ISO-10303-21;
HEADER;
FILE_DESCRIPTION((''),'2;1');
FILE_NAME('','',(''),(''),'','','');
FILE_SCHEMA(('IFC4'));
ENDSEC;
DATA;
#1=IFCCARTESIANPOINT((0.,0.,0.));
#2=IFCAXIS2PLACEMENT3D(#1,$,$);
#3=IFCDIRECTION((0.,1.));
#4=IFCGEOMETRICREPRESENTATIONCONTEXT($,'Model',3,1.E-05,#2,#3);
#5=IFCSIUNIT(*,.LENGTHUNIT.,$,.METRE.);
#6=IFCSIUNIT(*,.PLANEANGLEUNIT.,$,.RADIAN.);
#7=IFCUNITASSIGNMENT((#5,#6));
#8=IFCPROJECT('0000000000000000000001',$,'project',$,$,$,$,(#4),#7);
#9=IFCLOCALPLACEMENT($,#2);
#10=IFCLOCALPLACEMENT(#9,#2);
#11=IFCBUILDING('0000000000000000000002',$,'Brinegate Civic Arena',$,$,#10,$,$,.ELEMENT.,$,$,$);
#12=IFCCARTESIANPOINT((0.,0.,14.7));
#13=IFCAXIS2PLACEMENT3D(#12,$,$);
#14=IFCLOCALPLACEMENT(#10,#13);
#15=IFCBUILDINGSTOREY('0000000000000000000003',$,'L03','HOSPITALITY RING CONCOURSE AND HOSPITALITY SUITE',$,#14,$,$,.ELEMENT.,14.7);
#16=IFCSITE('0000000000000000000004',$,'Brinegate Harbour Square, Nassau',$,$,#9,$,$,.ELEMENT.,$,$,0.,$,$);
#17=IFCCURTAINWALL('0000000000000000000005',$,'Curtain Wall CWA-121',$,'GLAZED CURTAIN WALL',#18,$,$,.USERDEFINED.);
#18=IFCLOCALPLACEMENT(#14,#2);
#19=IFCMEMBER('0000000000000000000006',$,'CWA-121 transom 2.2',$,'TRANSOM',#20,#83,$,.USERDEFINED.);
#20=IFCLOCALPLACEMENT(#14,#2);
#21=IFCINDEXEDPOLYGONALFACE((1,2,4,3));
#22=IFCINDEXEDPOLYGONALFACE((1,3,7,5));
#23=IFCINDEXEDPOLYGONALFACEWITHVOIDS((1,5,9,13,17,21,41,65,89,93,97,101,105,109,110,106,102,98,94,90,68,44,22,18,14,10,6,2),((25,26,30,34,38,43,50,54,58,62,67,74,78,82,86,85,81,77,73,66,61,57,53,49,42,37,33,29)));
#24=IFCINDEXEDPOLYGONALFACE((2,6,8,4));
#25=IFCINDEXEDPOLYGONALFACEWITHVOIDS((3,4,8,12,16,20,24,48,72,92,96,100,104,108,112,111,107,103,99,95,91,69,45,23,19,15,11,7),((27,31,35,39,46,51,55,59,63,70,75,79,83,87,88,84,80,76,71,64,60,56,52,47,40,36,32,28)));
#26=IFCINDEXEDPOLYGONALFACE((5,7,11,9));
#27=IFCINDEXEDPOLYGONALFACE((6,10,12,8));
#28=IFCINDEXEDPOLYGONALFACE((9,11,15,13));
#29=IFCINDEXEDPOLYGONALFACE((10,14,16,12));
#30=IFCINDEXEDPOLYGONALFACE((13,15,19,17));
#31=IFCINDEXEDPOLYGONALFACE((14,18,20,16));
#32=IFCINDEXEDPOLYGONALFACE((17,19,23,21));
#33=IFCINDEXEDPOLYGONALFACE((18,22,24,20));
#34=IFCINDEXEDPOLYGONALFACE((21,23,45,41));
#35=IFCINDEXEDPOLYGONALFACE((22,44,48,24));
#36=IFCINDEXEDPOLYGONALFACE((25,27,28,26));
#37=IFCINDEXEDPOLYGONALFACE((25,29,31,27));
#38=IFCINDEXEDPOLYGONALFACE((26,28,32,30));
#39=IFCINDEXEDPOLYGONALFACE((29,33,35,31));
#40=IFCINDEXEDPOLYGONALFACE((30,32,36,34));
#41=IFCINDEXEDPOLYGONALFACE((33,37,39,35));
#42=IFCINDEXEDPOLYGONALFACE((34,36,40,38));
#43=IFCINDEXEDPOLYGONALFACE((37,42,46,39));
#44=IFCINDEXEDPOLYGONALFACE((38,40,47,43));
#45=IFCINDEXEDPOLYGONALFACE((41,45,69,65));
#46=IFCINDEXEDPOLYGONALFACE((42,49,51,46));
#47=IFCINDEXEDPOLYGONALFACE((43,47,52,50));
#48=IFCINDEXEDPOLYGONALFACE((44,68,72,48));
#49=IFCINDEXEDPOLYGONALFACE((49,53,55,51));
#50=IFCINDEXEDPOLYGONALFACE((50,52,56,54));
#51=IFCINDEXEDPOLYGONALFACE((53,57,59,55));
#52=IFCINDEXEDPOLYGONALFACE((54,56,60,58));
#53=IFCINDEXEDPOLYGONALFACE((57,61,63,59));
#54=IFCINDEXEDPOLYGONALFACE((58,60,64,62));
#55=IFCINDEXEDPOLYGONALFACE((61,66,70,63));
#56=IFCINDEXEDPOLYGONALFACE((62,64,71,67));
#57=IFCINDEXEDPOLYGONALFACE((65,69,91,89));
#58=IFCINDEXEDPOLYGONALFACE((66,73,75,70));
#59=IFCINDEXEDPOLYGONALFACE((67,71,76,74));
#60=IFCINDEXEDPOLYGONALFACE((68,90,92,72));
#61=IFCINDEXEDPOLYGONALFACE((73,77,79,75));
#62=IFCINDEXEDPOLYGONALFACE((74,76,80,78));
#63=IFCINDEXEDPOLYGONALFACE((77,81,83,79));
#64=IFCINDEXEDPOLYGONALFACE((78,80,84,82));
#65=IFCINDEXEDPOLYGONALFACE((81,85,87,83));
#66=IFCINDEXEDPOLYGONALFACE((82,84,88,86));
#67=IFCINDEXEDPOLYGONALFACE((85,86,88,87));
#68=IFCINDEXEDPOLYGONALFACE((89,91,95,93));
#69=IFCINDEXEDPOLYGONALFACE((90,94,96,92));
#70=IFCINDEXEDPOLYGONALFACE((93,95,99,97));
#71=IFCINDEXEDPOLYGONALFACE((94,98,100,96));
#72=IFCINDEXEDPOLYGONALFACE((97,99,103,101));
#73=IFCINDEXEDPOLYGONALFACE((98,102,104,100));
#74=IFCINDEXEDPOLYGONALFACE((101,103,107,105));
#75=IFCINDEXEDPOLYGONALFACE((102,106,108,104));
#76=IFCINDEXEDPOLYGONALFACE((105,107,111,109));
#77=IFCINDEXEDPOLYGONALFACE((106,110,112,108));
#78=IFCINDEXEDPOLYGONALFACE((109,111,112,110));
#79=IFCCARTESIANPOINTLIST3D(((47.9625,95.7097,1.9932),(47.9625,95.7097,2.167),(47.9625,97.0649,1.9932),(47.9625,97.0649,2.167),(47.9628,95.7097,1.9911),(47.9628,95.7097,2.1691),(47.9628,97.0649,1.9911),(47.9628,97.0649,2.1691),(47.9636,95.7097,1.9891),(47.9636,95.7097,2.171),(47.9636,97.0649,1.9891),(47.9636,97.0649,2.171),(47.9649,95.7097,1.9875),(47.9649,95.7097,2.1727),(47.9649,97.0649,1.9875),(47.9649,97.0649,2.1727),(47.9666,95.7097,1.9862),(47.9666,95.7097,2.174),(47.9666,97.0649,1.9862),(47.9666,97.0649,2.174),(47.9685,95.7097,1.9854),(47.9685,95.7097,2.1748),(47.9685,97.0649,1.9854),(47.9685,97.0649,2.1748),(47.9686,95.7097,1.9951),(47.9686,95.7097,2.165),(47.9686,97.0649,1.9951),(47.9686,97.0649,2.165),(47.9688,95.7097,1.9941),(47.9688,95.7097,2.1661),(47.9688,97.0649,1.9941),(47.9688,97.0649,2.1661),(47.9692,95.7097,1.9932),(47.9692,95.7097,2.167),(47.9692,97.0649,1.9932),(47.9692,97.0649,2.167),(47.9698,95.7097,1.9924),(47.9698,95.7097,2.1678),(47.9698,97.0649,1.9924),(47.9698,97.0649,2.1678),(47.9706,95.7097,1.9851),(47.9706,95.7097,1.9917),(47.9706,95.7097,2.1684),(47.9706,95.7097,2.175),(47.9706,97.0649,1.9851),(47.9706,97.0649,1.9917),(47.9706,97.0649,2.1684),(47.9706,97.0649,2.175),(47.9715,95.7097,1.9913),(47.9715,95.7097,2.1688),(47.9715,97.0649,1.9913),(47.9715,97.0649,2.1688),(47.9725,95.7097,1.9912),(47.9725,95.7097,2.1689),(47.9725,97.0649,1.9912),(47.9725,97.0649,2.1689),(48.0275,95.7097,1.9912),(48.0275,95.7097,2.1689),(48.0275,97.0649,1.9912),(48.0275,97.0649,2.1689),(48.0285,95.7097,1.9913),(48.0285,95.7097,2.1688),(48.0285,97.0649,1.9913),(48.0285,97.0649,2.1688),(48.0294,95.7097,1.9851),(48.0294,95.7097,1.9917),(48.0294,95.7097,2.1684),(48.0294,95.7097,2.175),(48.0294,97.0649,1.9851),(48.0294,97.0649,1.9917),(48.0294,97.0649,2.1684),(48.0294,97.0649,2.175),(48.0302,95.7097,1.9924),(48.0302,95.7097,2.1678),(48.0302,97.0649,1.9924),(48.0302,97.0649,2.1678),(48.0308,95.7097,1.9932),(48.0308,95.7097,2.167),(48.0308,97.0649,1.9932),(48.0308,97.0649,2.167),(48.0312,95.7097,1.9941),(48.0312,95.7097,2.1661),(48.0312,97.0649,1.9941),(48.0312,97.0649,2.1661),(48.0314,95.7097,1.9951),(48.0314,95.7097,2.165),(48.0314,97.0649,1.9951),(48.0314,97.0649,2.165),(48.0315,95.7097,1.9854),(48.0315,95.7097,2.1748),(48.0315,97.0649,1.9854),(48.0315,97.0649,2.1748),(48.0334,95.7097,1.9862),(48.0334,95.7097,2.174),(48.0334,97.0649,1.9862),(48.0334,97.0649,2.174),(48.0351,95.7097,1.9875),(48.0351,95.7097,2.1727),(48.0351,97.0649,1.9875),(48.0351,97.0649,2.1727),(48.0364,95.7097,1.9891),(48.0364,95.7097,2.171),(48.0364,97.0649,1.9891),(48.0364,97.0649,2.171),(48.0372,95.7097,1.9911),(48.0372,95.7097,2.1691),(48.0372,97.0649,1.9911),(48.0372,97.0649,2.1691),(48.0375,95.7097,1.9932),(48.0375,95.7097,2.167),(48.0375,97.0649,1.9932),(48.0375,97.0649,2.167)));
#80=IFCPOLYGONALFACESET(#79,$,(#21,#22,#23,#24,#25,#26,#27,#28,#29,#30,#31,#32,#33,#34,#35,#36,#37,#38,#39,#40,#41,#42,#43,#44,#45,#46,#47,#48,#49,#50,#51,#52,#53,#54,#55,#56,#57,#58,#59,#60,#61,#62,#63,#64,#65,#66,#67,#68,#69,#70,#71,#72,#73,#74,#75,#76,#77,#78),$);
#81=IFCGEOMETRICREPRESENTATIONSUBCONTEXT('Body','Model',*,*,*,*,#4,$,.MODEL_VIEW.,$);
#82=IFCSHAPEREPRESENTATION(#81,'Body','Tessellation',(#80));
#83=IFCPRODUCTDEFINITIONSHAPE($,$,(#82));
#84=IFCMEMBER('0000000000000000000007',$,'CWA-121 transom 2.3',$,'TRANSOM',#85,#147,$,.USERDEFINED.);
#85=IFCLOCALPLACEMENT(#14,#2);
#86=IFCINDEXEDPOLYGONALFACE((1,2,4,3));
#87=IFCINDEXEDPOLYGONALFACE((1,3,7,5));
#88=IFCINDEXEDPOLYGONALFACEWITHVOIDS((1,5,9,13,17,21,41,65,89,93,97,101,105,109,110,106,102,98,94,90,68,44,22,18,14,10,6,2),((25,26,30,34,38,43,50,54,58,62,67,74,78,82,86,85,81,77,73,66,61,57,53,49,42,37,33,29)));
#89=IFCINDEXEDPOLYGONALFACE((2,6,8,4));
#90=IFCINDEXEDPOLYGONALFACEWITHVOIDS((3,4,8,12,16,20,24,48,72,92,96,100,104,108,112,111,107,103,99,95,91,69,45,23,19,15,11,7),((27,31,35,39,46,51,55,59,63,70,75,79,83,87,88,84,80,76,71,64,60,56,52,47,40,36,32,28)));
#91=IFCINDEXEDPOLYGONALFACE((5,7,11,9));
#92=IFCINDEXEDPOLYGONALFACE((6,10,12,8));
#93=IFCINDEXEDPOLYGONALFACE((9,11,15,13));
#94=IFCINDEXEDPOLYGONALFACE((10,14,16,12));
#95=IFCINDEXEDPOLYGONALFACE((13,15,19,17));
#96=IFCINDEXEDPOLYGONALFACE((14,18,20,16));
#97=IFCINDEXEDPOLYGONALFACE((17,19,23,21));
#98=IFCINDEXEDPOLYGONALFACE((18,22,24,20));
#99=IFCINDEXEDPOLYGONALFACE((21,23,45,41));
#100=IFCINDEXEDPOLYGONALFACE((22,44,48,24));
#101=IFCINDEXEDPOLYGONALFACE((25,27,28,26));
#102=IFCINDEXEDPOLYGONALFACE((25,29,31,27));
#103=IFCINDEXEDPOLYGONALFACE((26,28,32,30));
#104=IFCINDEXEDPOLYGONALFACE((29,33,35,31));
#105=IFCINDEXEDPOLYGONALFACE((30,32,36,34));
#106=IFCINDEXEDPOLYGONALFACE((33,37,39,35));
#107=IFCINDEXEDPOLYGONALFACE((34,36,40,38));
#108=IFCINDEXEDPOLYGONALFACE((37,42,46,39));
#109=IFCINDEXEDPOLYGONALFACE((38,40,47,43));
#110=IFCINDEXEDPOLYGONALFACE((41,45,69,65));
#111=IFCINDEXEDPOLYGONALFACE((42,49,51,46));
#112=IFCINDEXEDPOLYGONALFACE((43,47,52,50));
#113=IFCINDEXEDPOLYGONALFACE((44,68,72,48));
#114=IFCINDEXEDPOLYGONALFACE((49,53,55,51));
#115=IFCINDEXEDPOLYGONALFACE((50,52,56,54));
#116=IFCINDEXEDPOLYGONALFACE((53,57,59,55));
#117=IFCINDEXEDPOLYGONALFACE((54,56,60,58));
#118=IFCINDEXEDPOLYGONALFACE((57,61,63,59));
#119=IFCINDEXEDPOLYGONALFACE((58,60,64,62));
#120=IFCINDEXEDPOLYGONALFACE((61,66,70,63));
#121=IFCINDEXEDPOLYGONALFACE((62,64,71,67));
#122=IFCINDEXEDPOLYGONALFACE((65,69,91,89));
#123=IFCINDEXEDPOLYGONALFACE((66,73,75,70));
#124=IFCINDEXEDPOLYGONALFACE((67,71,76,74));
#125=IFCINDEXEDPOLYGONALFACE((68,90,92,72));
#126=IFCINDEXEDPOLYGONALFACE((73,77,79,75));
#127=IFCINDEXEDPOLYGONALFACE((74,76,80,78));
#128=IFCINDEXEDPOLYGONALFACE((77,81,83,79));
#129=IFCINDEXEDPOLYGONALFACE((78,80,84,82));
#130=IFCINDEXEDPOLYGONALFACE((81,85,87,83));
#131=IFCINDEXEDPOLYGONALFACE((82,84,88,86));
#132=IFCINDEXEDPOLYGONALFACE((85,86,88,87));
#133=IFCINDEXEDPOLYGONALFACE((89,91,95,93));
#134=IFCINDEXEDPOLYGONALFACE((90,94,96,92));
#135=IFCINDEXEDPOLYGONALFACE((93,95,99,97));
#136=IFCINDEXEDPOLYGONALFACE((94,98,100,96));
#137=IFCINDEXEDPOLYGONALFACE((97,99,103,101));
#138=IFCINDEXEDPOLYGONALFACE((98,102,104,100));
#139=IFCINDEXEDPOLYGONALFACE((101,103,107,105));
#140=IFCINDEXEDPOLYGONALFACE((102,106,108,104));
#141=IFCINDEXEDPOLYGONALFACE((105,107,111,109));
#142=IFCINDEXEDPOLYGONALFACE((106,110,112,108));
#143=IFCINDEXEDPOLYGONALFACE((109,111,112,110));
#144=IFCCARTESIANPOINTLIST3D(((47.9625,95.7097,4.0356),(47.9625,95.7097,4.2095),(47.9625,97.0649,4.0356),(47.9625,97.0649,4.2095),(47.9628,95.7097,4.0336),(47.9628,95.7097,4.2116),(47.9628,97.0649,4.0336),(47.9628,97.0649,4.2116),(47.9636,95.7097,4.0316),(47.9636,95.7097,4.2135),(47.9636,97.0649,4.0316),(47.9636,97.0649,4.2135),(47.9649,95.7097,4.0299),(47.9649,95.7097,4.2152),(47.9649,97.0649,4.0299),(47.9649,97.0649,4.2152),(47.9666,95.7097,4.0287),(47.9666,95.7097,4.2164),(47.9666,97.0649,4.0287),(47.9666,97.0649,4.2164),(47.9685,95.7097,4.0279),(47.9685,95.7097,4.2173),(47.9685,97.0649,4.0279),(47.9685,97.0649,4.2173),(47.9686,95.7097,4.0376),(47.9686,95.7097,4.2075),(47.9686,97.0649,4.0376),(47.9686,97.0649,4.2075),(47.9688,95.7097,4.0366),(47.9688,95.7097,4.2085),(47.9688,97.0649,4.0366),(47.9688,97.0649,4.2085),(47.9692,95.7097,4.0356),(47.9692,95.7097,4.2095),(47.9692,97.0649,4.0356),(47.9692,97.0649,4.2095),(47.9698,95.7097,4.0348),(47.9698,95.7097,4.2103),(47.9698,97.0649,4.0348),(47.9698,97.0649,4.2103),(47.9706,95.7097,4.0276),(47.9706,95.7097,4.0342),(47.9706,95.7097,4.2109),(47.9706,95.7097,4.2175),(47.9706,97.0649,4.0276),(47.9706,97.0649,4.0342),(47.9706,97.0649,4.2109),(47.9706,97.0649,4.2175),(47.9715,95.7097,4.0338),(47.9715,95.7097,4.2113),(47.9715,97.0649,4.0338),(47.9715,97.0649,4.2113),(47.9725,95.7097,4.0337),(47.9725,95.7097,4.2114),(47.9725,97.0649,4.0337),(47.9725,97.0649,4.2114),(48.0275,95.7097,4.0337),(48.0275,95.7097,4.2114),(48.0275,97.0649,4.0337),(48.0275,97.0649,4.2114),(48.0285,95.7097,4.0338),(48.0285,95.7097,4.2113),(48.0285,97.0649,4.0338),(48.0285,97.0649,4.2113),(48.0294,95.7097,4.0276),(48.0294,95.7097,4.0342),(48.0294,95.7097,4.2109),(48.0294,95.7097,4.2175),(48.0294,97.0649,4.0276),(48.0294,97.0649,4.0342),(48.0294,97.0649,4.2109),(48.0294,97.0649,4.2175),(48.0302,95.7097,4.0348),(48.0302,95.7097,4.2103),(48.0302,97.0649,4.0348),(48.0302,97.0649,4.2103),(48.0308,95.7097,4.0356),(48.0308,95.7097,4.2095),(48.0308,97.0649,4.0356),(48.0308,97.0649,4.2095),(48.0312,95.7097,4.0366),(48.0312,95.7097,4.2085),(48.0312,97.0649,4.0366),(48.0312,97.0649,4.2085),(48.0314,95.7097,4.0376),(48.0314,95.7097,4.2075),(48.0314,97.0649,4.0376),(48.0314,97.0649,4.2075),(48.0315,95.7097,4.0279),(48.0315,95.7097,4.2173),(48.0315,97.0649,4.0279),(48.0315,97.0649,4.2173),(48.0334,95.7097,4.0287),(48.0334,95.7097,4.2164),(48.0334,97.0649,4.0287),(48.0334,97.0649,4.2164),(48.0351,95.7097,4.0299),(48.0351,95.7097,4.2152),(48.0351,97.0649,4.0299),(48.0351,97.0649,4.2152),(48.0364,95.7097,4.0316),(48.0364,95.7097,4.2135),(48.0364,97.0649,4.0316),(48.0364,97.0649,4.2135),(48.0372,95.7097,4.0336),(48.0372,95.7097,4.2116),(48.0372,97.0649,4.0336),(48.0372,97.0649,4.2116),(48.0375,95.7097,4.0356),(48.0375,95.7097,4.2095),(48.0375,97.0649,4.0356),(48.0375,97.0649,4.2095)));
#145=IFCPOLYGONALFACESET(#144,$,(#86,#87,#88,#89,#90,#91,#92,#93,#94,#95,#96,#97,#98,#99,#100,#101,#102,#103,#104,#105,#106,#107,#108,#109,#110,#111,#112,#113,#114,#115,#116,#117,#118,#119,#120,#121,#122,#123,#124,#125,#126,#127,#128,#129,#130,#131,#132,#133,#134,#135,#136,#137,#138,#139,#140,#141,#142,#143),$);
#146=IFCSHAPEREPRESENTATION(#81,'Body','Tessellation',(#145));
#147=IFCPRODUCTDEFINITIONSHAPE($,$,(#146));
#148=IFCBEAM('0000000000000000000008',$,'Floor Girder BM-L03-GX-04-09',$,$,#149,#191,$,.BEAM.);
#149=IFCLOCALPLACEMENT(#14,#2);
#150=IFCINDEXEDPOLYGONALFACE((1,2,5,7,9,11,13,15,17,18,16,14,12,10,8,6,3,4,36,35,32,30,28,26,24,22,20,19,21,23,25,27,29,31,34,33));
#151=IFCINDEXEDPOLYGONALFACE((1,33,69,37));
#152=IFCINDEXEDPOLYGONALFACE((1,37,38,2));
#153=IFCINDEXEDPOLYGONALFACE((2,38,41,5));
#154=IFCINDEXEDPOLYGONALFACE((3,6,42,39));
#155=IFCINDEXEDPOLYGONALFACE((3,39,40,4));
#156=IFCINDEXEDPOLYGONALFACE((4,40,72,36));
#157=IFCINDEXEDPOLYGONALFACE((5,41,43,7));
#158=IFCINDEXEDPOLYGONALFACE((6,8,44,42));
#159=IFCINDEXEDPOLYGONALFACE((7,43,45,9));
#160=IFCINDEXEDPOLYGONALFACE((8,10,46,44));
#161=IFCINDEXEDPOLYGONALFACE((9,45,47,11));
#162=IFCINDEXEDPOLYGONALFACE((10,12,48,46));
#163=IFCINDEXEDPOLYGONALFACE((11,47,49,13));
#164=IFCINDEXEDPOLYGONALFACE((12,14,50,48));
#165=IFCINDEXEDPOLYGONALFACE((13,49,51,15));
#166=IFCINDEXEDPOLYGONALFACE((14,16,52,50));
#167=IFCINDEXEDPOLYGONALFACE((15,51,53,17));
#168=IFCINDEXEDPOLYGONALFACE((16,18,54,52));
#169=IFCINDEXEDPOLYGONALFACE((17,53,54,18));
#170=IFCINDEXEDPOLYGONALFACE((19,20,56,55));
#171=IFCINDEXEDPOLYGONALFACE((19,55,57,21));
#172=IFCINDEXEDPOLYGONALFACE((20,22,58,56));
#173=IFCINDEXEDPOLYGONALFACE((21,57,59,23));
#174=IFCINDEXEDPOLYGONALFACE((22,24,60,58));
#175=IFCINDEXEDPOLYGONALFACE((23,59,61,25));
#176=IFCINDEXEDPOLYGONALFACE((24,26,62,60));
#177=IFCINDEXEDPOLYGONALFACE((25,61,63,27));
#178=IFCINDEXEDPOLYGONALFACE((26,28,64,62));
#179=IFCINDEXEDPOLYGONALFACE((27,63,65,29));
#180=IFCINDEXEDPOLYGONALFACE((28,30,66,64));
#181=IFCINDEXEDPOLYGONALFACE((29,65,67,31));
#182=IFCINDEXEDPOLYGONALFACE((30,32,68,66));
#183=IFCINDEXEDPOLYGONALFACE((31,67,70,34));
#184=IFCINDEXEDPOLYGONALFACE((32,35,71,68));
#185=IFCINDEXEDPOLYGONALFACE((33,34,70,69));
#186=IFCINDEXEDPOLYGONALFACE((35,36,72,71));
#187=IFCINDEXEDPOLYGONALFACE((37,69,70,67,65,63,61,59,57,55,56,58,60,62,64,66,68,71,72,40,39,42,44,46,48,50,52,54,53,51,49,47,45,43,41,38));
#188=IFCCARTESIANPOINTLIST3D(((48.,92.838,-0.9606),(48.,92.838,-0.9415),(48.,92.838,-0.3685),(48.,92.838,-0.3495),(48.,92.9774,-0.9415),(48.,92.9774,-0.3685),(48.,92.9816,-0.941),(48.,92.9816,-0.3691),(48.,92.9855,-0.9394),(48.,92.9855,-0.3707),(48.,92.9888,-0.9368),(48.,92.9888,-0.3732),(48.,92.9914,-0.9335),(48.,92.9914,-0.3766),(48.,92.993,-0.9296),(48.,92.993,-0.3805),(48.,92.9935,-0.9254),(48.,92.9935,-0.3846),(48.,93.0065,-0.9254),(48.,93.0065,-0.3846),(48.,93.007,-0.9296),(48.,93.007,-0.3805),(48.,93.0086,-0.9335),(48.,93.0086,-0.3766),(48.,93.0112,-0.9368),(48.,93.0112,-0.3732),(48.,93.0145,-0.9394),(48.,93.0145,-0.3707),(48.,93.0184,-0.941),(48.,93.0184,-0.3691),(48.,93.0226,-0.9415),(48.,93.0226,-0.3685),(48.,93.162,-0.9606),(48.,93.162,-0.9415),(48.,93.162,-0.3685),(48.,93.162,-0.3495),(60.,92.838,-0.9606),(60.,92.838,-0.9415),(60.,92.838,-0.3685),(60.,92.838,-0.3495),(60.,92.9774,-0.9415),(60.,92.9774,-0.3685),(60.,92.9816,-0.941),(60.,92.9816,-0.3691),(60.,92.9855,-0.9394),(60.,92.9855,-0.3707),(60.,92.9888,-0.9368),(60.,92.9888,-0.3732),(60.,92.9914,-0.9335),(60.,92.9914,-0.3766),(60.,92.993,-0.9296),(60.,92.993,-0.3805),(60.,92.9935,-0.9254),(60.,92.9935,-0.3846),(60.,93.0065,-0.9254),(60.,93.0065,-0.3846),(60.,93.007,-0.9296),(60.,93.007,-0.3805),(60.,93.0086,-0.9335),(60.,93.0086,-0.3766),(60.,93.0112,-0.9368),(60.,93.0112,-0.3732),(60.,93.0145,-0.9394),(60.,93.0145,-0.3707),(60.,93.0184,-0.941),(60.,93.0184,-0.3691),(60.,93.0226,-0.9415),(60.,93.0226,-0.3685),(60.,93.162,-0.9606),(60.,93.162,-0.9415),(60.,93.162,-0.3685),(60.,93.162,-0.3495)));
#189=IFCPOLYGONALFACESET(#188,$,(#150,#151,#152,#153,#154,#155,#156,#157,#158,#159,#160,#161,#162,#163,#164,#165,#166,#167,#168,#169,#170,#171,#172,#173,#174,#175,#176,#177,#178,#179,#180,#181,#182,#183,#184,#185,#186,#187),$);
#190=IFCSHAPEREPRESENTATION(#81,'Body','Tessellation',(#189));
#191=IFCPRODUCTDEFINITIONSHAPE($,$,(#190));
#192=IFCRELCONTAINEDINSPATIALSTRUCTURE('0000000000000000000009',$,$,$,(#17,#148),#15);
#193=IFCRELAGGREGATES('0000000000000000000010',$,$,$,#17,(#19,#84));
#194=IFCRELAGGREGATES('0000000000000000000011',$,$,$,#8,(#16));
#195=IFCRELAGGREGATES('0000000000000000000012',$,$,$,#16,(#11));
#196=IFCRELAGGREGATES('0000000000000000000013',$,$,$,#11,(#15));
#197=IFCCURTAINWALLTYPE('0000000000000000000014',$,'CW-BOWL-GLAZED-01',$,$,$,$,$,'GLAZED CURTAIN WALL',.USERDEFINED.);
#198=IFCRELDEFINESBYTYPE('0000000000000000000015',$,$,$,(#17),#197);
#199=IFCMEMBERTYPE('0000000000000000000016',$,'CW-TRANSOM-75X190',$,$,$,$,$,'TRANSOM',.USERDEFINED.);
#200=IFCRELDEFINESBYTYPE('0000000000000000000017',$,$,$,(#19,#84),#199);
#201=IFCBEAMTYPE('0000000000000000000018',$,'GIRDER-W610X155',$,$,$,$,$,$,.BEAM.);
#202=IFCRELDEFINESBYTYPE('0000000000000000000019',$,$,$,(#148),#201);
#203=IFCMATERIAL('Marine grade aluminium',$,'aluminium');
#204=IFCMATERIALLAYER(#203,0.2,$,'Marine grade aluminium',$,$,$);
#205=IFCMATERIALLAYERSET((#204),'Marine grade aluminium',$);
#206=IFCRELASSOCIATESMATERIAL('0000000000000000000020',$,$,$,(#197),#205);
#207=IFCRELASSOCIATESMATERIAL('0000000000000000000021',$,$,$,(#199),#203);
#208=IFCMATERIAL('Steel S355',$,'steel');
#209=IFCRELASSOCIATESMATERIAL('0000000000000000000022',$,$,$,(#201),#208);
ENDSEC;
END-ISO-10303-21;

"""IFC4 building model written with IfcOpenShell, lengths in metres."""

from ifc_helpers import new_model, si_unit, direction, frame, origin, origin_2d, place, context, subcontext, project, spatial, hollow_rectangle, i_section, extrude, material, layer, layer_set, material_profile, profile_set, type_object, element, aggregate, save


model = new_model("IFC4")

# Units and contexts
model_context = context("Model", 3, precision=1e-05, world=origin(), true_north=direction((0.0, 1.0)))
body_context = subcontext(model_context, "Body", "Model", "MODEL_VIEW")
ifc_project = project(units=[si_unit("LENGTHUNIT", "METRE"), si_unit("PLANEANGLEUNIT", "RADIAN")], contexts=[model_context])

# Site, building, storey
site_placement = place(None, origin())
site = spatial("IfcSite", under=ifc_project, at=site_placement, Name="Brinegate Harbour Square, Nassau", CompositionType="ELEMENT", RefElevation=0.0)
building_placement = place(site_placement, origin())
building = spatial("IfcBuilding", under=site, at=building_placement, Name="Brinegate Civic Arena", CompositionType="ELEMENT")
storey_placement = place(building_placement, frame((0.0, 0.0, 14.7)))
storey = spatial("IfcBuildingStorey", under=building, at=storey_placement, Name="L03", Description="HOSPITALITY RING CONCOURSE AND HOSPITALITY SUITE", CompositionType="ELEMENT", Elevation=14.7)

# Curtain wall
ifc_material_1 = material(Name="Marine grade aluminium", Category="aluminium")
ifc_layer_1 = layer(ifc_material_1, 0.2, Name="Marine grade aluminium")
ifc_layer_set_1 = layer_set([ifc_layer_1], Name="Marine grade aluminium")
curtain_wall_type = type_object("IfcCurtainWallType", Name="CW-BOWL-GLAZED-01", ElementType="GLAZED CURTAIN WALL", PredefinedType="USERDEFINED", material=ifc_layer_set_1)
curtain_wall_1_placement = place(storey_placement, origin())
curtain_wall_1 = element("IfcCurtainWall", 1, at=curtain_wall_1_placement, inside=storey, type_object=curtain_wall_type, Name="Curtain Wall CWA-121", ObjectType="GLAZED CURTAIN WALL", PredefinedType="USERDEFINED")

# Members
ifc_material_profile_1 = material_profile(ifc_material_1, hollow_rectangle(XDim=0.075, YDim=0.1899, WallThickness=0.0061, InnerFilletRadius=0.0039, OuterFilletRadius=0.0081, at=origin_2d()), Name="TRN75X190")
ifc_profile_set_1 = profile_set([ifc_material_profile_1], Name="Marine grade aluminium")
member_type_1 = type_object("IfcMemberType", Name="CW-TRANSOM-75X190", ElementType="TRANSOM", PredefinedType="USERDEFINED", material=ifc_profile_set_1)
member_1_placement = place(storey_placement, frame((48.0, 95.7097, 2.0801), z_axis=(0.0, 1.0, 0.0), x_axis=(-1.0, 0.0, 0.0)))
member_1 = element("IfcMember", 2, at=member_1_placement, type_object=member_type_1, Name="CWA-121 transom 2.2", ObjectType="TRANSOM", PredefinedType="USERDEFINED", context=body_context, shape_type="SweptSolid", body=[
    extrude(hollow_rectangle(XDim=0.075, YDim=0.1899, WallThickness=0.0061, InnerFilletRadius=0.0039, OuterFilletRadius=0.0081, at=origin_2d()), origin(), (0.0, 0.0, 1.0), 1.3552),
])
member_2_placement = place(storey_placement, frame((48.0, 95.7097, 4.1226), z_axis=(0.0, 1.0, 0.0), x_axis=(-1.0, 0.0, 0.0)))
member_2 = element("IfcMember", 3, at=member_2_placement, type_object=member_type_1, Name="CWA-121 transom 2.3", ObjectType="TRANSOM", PredefinedType="USERDEFINED", context=body_context, shape_type="SweptSolid", body=[
    extrude(hollow_rectangle(XDim=0.075, YDim=0.1899, WallThickness=0.0061, InnerFilletRadius=0.0039, OuterFilletRadius=0.0081, at=origin_2d()), origin(), (0.0, 0.0, 1.0), 1.3552),
])

# Beam
ifc_material_2 = material(Name="Steel S355", Category="steel")
ifc_material_profile_2 = material_profile(ifc_material_2, i_section(OverallWidth=0.324, OverallDepth=0.6111, WebThickness=0.0129, FlangeThickness=0.019, FilletRadius=0.0161, at=origin_2d()), Name="W610X155")
ifc_profile_set_2 = profile_set([ifc_material_profile_2], Name="Steel S355")
beam_type_1 = type_object("IfcBeamType", Name="GIRDER-W610X155", PredefinedType="BEAM", material=ifc_profile_set_2)
beam_1_placement = place(storey_placement, frame((48.0, 93.0, -0.655), z_axis=(1.0, 0.0, 0.0), x_axis=(0.0, 1.0, 0.0)))
element("IfcBeam", 4, at=beam_1_placement, inside=storey, type_object=beam_type_1, Name="Floor Girder BM-L03-GX-04-09", PredefinedType="BEAM", context=body_context, shape_type="SweptSolid", body=[
    extrude(i_section(OverallWidth=0.324, OverallDepth=0.6111, WebThickness=0.0129, FlangeThickness=0.019, FilletRadius=0.0161, at=origin_2d()), origin(), (0.0, 0.0, 1.0), 12.0),
])

aggregate(curtain_wall_1, [member_1, member_2])

save(model, "model.ifc")
